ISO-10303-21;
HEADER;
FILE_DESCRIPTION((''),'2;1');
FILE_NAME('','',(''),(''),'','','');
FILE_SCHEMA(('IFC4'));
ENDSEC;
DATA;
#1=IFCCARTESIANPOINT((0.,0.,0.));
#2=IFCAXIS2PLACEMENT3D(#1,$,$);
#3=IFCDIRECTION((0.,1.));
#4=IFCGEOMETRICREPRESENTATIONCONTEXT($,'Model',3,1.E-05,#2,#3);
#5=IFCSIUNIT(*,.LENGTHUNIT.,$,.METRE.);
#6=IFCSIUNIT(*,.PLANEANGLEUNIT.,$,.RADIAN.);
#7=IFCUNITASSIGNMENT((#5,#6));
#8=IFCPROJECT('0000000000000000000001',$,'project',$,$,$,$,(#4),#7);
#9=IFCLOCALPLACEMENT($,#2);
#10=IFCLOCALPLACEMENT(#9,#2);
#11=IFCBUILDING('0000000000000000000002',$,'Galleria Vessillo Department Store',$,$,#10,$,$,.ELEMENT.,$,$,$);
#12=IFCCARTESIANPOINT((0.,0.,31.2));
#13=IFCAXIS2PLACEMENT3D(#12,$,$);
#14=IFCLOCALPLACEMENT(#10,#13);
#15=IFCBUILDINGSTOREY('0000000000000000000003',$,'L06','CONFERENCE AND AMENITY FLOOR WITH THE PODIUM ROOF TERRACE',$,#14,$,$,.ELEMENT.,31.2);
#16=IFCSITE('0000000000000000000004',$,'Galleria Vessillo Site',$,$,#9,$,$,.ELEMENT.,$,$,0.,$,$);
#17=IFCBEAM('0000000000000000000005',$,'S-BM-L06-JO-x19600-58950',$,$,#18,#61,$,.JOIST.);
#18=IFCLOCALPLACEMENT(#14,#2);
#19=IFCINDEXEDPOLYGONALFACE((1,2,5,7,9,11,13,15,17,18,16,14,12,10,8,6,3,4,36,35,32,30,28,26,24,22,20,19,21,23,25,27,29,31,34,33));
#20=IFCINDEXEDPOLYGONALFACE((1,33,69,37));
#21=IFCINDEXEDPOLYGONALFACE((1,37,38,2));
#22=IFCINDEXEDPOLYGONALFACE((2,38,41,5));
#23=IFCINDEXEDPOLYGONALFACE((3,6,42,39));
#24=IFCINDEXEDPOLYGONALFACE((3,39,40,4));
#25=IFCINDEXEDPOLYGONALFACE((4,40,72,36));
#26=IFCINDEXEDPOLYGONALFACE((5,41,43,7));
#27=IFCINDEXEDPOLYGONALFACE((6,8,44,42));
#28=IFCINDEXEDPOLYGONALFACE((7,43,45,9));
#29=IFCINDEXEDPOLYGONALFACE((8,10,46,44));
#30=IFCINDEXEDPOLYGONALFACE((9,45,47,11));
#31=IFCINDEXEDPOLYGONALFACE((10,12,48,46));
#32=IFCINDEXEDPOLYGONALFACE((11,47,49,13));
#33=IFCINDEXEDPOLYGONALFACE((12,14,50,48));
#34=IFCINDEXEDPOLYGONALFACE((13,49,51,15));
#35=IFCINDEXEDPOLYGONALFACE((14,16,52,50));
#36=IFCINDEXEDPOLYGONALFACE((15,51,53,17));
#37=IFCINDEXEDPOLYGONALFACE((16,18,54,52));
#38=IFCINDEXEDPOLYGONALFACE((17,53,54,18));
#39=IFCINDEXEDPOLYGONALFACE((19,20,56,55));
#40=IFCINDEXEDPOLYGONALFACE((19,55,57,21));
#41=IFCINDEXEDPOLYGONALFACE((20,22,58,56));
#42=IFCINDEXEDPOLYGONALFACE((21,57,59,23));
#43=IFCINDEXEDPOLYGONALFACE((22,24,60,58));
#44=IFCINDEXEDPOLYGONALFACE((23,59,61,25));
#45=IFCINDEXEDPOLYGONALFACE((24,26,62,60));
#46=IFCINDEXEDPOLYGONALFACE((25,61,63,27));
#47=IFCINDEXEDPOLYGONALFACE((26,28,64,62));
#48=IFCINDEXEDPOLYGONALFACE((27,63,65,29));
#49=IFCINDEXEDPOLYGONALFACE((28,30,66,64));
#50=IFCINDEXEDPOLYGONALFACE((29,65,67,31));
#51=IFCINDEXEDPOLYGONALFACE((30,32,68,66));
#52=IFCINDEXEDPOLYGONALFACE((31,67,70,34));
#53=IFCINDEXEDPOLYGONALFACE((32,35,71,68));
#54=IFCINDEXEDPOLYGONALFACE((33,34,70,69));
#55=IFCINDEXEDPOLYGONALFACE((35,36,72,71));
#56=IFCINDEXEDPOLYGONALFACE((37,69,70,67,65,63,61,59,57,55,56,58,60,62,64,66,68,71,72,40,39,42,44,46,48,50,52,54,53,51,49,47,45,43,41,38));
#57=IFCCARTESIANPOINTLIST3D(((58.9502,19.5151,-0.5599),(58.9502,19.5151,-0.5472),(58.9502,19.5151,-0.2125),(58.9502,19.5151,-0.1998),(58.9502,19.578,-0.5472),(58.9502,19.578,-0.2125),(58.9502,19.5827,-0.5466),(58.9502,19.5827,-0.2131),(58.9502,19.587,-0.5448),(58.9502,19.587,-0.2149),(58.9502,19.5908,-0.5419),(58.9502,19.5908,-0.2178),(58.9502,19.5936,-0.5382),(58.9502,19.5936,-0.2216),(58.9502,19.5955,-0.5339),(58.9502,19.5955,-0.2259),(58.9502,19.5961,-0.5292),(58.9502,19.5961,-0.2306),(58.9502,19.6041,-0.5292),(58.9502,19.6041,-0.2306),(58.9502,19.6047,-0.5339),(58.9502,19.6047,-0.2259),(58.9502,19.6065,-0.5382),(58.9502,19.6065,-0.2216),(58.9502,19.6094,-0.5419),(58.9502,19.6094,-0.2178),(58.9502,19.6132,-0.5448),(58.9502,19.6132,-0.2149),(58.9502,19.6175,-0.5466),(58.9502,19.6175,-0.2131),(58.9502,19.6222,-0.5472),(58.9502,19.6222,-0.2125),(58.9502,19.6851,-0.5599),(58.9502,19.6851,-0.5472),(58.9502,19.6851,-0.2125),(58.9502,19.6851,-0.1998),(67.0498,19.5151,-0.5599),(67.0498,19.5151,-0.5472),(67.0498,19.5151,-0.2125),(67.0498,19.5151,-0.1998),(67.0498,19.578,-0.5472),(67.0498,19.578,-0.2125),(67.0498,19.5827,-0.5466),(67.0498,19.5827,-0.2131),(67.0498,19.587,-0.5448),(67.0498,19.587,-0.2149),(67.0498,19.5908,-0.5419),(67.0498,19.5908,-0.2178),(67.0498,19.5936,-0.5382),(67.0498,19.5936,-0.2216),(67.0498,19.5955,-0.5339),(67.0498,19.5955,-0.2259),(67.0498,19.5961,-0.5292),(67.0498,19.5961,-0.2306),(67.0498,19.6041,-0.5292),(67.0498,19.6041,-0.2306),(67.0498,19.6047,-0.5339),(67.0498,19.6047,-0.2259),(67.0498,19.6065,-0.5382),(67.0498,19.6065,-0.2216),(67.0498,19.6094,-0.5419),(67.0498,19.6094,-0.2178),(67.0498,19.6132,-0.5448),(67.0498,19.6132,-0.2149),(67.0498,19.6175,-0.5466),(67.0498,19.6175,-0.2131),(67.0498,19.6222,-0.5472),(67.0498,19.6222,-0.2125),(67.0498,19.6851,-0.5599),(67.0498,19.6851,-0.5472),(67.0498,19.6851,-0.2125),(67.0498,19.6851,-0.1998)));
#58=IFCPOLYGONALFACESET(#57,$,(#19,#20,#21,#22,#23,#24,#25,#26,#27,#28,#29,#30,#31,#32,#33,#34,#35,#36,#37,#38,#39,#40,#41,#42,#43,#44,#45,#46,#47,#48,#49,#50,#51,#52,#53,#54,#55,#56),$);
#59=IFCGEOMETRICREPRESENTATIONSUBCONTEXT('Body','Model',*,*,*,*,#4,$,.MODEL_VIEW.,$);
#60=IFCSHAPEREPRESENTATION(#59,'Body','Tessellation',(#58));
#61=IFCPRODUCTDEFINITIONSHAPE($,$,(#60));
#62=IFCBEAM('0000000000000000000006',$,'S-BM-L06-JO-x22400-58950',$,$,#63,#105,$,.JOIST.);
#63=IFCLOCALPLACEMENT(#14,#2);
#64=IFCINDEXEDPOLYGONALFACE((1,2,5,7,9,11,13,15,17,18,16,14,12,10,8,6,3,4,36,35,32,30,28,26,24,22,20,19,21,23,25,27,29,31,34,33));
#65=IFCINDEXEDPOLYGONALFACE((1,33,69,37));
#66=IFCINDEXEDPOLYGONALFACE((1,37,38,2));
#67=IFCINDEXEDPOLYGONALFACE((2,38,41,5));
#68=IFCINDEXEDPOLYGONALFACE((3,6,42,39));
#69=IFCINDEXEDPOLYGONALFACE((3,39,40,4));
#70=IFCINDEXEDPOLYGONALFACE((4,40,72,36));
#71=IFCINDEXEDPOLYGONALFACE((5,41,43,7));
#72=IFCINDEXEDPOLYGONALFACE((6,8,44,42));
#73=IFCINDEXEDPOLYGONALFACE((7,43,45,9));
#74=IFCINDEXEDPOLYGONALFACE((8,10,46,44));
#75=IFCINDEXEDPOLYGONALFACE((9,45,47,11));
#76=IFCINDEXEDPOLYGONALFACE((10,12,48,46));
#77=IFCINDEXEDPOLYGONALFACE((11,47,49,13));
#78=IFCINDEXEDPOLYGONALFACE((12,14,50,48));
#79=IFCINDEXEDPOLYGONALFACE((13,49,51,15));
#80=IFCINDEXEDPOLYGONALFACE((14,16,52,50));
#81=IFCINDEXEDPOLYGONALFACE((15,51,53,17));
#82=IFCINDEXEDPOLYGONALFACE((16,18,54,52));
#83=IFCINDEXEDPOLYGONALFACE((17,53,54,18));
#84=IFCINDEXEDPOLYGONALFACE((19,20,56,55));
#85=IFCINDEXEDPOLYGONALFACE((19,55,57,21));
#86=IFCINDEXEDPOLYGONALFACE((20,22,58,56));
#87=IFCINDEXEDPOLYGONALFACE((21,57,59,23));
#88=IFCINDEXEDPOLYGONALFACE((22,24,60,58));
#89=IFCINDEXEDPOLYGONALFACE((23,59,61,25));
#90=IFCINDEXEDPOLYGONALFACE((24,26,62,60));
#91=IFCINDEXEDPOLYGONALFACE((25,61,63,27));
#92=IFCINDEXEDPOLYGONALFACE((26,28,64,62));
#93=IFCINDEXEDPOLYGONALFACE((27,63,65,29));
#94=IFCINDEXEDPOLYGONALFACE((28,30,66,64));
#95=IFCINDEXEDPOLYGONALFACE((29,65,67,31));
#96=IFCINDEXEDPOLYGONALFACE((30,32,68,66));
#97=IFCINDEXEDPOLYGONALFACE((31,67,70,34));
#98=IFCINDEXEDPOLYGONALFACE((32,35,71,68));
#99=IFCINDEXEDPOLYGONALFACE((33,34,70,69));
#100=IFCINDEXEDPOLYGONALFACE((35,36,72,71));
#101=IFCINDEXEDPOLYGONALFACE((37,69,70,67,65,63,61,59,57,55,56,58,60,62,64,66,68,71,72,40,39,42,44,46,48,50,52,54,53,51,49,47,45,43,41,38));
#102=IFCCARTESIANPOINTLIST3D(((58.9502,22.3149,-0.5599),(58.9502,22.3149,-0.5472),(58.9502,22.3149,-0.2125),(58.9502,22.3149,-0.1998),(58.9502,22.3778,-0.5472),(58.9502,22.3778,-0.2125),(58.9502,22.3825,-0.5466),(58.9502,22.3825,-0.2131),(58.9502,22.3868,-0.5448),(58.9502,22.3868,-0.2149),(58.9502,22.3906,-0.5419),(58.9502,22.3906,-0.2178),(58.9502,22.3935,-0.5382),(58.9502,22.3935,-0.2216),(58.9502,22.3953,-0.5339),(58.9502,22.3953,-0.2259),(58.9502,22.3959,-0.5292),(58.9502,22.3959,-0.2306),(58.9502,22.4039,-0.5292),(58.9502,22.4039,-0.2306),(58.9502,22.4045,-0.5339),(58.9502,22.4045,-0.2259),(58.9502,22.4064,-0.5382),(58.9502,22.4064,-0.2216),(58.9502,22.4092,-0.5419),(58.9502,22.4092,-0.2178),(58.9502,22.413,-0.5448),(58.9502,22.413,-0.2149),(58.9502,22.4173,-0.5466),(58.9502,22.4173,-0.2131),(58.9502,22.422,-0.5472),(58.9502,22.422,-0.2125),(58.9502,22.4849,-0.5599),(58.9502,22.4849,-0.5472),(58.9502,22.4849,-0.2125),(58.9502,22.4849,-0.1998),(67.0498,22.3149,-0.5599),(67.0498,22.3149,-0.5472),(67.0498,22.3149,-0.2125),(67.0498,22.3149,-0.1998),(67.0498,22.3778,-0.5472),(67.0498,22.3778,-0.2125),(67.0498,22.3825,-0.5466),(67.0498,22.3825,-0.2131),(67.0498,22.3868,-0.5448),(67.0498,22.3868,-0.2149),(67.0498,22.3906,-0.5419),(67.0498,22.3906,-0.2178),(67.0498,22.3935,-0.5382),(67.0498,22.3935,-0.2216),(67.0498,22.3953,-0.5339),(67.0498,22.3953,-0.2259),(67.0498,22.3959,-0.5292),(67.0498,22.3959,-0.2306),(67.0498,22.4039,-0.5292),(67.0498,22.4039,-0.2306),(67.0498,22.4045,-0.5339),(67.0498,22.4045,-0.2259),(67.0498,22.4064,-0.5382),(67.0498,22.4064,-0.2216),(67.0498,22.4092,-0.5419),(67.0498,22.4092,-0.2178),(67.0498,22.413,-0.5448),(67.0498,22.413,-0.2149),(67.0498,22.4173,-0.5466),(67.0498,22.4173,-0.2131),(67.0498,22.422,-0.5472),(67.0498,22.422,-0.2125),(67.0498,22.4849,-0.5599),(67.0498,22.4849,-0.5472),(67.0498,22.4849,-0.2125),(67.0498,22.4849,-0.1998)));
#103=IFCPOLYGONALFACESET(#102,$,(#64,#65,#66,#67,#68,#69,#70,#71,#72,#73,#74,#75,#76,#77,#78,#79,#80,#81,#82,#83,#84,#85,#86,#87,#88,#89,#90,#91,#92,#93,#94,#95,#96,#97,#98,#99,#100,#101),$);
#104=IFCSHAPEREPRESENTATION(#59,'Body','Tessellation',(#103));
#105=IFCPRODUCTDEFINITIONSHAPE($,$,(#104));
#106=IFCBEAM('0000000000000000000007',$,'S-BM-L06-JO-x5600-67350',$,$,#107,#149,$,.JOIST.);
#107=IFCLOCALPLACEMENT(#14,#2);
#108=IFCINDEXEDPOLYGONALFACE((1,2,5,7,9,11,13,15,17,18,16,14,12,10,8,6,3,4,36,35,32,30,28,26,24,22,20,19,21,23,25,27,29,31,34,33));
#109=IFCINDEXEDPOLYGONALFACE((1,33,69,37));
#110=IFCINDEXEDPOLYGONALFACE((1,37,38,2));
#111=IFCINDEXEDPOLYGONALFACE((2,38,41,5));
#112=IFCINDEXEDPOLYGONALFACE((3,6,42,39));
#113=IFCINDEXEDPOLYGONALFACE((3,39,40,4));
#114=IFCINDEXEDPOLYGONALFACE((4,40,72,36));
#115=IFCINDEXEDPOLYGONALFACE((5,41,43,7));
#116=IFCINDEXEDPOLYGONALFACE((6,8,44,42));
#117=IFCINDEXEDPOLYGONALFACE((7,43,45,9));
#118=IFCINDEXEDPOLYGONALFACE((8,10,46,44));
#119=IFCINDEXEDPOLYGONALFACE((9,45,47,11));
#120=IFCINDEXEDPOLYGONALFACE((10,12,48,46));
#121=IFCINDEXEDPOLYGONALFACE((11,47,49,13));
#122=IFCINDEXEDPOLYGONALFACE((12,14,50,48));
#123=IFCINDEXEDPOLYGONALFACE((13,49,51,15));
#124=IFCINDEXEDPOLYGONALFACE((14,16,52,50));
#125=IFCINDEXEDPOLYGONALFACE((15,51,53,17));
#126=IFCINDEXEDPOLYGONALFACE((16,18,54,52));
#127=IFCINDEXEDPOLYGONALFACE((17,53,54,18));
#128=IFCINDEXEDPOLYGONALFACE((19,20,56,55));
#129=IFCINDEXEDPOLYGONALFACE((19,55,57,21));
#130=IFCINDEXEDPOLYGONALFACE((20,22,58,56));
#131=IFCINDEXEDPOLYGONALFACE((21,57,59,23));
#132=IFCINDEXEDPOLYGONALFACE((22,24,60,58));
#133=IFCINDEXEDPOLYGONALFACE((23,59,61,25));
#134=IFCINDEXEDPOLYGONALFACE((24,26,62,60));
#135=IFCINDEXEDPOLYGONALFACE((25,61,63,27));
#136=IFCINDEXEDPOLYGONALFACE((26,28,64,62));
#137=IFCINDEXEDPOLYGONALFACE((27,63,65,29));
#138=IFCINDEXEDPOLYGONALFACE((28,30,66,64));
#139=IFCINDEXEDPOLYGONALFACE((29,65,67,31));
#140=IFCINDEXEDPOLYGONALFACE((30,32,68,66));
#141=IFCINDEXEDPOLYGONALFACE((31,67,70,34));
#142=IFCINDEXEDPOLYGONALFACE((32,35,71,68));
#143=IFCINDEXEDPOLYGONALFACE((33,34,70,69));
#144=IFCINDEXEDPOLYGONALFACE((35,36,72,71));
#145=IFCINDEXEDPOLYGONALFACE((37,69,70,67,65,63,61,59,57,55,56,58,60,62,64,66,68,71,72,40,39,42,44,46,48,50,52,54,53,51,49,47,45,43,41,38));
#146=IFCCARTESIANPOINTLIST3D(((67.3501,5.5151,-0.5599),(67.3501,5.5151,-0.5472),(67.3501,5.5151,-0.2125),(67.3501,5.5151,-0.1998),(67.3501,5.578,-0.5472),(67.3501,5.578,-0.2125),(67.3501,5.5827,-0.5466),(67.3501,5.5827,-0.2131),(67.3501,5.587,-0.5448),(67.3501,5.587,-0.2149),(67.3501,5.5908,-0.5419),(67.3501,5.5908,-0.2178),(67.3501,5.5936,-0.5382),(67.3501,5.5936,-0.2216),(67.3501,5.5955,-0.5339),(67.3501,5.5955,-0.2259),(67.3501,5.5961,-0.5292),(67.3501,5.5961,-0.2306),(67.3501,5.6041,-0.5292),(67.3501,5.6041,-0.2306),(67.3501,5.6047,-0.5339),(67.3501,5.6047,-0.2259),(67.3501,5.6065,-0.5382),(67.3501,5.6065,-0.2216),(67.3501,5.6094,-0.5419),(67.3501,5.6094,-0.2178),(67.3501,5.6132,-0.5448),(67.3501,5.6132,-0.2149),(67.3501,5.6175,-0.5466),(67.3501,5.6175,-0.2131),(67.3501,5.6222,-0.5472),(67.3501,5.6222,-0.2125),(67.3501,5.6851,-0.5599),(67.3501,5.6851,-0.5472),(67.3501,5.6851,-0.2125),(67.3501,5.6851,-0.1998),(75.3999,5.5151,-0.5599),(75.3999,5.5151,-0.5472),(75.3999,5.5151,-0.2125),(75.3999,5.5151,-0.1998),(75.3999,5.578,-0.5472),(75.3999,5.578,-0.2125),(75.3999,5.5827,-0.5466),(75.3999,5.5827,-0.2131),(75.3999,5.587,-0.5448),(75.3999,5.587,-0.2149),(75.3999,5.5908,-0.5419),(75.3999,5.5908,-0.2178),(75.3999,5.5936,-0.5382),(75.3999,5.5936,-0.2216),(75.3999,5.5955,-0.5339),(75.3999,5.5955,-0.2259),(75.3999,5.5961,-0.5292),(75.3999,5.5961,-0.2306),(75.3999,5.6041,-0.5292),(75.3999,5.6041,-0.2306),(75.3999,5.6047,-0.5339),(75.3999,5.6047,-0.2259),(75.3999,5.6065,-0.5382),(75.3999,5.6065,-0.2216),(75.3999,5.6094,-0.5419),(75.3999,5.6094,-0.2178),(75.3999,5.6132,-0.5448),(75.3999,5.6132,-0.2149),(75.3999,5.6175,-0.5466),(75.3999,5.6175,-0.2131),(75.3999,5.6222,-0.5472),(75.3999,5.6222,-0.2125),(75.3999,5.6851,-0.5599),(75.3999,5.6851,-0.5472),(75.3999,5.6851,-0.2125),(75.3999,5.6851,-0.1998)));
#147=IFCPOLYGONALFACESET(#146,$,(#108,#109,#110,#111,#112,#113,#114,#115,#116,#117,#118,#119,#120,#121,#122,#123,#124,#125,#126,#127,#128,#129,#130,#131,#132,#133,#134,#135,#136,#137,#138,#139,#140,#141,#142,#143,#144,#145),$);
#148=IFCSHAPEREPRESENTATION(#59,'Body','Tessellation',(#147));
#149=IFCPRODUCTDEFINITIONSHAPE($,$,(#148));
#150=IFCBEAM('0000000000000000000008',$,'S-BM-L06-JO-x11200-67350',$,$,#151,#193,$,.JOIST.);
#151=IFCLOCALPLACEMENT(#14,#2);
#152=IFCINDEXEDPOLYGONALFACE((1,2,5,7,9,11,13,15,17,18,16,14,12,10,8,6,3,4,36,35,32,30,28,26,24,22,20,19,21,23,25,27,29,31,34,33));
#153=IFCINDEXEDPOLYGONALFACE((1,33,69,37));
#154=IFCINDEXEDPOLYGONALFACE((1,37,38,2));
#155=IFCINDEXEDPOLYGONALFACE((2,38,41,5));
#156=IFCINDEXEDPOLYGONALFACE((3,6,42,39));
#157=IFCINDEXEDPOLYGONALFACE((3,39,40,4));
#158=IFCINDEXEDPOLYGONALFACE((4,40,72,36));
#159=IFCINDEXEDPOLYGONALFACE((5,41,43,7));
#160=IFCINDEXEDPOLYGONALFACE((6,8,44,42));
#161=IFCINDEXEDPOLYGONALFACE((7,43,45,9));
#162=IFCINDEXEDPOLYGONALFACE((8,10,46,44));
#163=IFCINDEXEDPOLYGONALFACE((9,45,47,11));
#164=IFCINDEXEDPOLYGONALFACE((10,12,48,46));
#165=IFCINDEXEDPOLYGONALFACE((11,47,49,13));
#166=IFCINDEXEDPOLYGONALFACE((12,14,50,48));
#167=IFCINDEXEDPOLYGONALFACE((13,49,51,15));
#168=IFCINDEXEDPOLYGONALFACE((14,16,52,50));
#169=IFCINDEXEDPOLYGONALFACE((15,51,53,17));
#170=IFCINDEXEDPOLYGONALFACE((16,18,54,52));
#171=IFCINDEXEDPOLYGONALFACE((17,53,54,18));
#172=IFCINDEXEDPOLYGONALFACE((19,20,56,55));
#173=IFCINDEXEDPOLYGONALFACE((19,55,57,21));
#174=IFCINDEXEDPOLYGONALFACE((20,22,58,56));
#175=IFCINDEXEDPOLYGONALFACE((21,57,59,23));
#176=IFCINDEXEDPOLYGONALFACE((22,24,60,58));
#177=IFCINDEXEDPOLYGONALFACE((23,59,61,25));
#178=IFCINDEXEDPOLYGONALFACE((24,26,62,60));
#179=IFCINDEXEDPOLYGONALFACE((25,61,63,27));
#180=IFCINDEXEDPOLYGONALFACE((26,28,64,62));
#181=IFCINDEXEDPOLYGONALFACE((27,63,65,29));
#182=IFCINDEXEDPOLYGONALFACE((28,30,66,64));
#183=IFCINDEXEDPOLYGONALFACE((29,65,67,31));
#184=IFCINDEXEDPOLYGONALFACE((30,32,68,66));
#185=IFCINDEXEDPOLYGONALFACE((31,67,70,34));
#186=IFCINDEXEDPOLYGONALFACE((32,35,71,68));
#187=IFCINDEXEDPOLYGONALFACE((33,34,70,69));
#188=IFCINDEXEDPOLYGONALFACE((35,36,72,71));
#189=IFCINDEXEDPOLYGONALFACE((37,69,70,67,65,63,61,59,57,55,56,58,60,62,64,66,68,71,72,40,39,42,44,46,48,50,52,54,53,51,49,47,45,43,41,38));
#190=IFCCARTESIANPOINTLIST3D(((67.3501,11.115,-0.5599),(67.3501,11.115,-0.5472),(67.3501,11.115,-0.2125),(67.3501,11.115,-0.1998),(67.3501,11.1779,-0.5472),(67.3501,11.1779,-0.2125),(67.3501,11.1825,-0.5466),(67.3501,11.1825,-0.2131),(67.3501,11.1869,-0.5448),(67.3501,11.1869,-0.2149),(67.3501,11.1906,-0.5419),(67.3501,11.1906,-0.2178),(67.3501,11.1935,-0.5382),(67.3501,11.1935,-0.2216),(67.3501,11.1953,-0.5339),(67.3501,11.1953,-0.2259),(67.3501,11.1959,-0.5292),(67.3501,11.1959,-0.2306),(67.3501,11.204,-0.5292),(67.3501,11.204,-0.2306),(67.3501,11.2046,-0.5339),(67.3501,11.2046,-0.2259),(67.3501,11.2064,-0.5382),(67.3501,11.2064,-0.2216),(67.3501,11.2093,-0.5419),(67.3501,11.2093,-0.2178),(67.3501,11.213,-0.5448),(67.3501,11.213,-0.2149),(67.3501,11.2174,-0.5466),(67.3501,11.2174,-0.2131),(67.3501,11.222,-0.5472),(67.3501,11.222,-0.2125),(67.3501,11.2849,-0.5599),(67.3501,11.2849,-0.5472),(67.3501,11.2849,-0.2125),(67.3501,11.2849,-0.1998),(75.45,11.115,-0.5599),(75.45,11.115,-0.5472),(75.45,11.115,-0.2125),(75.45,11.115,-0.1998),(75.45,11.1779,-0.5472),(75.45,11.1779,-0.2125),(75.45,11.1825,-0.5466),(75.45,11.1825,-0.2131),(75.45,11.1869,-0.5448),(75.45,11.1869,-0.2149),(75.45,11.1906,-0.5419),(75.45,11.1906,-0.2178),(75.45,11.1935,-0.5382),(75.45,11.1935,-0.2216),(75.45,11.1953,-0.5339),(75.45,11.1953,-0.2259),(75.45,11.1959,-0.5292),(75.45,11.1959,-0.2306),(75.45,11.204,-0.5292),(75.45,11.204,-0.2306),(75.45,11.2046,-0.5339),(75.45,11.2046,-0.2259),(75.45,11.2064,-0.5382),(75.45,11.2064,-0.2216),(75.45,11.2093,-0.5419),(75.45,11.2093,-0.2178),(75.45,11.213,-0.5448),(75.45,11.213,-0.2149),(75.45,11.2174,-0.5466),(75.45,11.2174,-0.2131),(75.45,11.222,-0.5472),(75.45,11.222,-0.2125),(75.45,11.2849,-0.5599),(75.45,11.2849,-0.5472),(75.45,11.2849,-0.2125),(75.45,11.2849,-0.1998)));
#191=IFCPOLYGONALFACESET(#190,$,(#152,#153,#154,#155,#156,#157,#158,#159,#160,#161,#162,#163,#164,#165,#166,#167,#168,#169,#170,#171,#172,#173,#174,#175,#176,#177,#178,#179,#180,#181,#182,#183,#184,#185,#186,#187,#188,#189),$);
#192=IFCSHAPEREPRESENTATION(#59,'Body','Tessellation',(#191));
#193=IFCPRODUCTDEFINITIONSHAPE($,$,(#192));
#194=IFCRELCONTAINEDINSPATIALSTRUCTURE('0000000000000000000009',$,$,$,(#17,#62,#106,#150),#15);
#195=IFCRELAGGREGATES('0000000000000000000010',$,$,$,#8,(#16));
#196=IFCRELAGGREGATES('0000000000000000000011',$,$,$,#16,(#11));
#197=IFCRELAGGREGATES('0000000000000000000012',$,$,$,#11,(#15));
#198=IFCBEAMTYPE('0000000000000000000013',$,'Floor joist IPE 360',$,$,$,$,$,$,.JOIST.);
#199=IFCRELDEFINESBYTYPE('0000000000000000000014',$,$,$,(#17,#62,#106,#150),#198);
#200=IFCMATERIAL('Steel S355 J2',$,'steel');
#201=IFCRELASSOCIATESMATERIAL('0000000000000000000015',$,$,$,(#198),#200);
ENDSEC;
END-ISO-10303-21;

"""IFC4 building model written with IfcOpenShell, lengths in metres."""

from ifc_helpers import new_model, si_unit, direction, frame, origin, origin_2d, place, context, subcontext, project, spatial, i_section, extrude, material, material_profile, profile_set, type_object, element, save


model = new_model("IFC4")

# Units and contexts
model_context = context("Model", 3, precision=1e-05, world=origin(), true_north=direction((0.0, 1.0)))
body_context = subcontext(model_context, "Body", "Model", "MODEL_VIEW")
ifc_project = project(units=[si_unit("LENGTHUNIT", "METRE"), si_unit("PLANEANGLEUNIT", "RADIAN")], contexts=[model_context])

# Site, building, storey
site_placement = place(None, origin())
site = spatial("IfcSite", under=ifc_project, at=site_placement, Name="Galleria Vessillo Site", CompositionType="ELEMENT", RefElevation=0.0)
building_placement = place(site_placement, origin())
building = spatial("IfcBuilding", under=site, at=building_placement, Name="Galleria Vessillo Department Store", CompositionType="ELEMENT")
storey_placement = place(building_placement, frame((0.0, 0.0, 31.2)))
storey = spatial("IfcBuildingStorey", under=building, at=storey_placement, Name="L06", Description="CONFERENCE AND AMENITY FLOOR WITH THE PODIUM ROOF TERRACE", CompositionType="ELEMENT", Elevation=31.2)

# Beams
ifc_material_1 = material(Name="Steel S355 J2", Category="steel")
ifc_material_profile_1 = material_profile(ifc_material_1, i_section(OverallWidth=0.1699, OverallDepth=0.3601, WebThickness=0.0081, FlangeThickness=0.0127, FilletRadius=0.0181, at=origin_2d()), Name="IPE 360")
ifc_profile_set_1 = profile_set([ifc_material_profile_1], Name="Steel S355 J2")
beam_type_1 = type_object("IfcBeamType", Name="Floor joist IPE 360", PredefinedType="JOIST", material=ifc_profile_set_1)
for number, where, z_axis, x_axis, name in (
    (1, (58.9502, 19.6001, -0.3799), (1.0, 0.0, 0.0), (0.0, 1.0, 0.0), "S-BM-L06-JO-x19600-58950"),
    (2, (58.9502, 22.3999, -0.3799), (1.0, 0.0, 0.0), (0.0, 1.0, 0.0), "S-BM-L06-JO-x22400-58950"),
):
    element("IfcBeam", number, at=place(storey_placement, frame(where, z_axis=z_axis, x_axis=x_axis)), inside=storey, type_object=beam_type_1, Name=name, PredefinedType="JOIST", context=body_context, shape_type="SweptSolid", body=[
        extrude(i_section(OverallWidth=0.1699, OverallDepth=0.3601, WebThickness=0.0081, FlangeThickness=0.0127, FilletRadius=0.0181, at=origin_2d()), origin(), (0.0, 0.0, 1.0), 8.0996),
    ])
beam_1_placement = place(storey_placement, frame((67.3501, 5.6001, -0.3799), z_axis=(1.0, 0.0, 0.0), x_axis=(0.0, 1.0, 0.0)))
element("IfcBeam", 3, at=beam_1_placement, inside=storey, type_object=beam_type_1, Name="S-BM-L06-JO-x5600-67350", PredefinedType="JOIST", context=body_context, shape_type="SweptSolid", body=[
    extrude(i_section(OverallWidth=0.1699, OverallDepth=0.3601, WebThickness=0.0081, FlangeThickness=0.0127, FilletRadius=0.0181, at=origin_2d()), origin(), (0.0, 0.0, 1.0), 8.0498),
])
for number, where, z_axis, x_axis, name in (
    (4, (67.3501, 11.2, -0.3799), (1.0, 0.0, 0.0), (0.0, 1.0, 0.0), "S-BM-L06-JO-x11200-67350"),
):
    element("IfcBeam", number, at=place(storey_placement, frame(where, z_axis=z_axis, x_axis=x_axis)), inside=storey, type_object=beam_type_1, Name=name, PredefinedType="JOIST", context=body_context, shape_type="SweptSolid", body=[
        extrude(i_section(OverallWidth=0.1699, OverallDepth=0.3601, WebThickness=0.0081, FlangeThickness=0.0127, FilletRadius=0.0181, at=origin_2d()), origin(), (0.0, 0.0, 1.0), 8.0999),
    ])

save(model, "model.ifc")
